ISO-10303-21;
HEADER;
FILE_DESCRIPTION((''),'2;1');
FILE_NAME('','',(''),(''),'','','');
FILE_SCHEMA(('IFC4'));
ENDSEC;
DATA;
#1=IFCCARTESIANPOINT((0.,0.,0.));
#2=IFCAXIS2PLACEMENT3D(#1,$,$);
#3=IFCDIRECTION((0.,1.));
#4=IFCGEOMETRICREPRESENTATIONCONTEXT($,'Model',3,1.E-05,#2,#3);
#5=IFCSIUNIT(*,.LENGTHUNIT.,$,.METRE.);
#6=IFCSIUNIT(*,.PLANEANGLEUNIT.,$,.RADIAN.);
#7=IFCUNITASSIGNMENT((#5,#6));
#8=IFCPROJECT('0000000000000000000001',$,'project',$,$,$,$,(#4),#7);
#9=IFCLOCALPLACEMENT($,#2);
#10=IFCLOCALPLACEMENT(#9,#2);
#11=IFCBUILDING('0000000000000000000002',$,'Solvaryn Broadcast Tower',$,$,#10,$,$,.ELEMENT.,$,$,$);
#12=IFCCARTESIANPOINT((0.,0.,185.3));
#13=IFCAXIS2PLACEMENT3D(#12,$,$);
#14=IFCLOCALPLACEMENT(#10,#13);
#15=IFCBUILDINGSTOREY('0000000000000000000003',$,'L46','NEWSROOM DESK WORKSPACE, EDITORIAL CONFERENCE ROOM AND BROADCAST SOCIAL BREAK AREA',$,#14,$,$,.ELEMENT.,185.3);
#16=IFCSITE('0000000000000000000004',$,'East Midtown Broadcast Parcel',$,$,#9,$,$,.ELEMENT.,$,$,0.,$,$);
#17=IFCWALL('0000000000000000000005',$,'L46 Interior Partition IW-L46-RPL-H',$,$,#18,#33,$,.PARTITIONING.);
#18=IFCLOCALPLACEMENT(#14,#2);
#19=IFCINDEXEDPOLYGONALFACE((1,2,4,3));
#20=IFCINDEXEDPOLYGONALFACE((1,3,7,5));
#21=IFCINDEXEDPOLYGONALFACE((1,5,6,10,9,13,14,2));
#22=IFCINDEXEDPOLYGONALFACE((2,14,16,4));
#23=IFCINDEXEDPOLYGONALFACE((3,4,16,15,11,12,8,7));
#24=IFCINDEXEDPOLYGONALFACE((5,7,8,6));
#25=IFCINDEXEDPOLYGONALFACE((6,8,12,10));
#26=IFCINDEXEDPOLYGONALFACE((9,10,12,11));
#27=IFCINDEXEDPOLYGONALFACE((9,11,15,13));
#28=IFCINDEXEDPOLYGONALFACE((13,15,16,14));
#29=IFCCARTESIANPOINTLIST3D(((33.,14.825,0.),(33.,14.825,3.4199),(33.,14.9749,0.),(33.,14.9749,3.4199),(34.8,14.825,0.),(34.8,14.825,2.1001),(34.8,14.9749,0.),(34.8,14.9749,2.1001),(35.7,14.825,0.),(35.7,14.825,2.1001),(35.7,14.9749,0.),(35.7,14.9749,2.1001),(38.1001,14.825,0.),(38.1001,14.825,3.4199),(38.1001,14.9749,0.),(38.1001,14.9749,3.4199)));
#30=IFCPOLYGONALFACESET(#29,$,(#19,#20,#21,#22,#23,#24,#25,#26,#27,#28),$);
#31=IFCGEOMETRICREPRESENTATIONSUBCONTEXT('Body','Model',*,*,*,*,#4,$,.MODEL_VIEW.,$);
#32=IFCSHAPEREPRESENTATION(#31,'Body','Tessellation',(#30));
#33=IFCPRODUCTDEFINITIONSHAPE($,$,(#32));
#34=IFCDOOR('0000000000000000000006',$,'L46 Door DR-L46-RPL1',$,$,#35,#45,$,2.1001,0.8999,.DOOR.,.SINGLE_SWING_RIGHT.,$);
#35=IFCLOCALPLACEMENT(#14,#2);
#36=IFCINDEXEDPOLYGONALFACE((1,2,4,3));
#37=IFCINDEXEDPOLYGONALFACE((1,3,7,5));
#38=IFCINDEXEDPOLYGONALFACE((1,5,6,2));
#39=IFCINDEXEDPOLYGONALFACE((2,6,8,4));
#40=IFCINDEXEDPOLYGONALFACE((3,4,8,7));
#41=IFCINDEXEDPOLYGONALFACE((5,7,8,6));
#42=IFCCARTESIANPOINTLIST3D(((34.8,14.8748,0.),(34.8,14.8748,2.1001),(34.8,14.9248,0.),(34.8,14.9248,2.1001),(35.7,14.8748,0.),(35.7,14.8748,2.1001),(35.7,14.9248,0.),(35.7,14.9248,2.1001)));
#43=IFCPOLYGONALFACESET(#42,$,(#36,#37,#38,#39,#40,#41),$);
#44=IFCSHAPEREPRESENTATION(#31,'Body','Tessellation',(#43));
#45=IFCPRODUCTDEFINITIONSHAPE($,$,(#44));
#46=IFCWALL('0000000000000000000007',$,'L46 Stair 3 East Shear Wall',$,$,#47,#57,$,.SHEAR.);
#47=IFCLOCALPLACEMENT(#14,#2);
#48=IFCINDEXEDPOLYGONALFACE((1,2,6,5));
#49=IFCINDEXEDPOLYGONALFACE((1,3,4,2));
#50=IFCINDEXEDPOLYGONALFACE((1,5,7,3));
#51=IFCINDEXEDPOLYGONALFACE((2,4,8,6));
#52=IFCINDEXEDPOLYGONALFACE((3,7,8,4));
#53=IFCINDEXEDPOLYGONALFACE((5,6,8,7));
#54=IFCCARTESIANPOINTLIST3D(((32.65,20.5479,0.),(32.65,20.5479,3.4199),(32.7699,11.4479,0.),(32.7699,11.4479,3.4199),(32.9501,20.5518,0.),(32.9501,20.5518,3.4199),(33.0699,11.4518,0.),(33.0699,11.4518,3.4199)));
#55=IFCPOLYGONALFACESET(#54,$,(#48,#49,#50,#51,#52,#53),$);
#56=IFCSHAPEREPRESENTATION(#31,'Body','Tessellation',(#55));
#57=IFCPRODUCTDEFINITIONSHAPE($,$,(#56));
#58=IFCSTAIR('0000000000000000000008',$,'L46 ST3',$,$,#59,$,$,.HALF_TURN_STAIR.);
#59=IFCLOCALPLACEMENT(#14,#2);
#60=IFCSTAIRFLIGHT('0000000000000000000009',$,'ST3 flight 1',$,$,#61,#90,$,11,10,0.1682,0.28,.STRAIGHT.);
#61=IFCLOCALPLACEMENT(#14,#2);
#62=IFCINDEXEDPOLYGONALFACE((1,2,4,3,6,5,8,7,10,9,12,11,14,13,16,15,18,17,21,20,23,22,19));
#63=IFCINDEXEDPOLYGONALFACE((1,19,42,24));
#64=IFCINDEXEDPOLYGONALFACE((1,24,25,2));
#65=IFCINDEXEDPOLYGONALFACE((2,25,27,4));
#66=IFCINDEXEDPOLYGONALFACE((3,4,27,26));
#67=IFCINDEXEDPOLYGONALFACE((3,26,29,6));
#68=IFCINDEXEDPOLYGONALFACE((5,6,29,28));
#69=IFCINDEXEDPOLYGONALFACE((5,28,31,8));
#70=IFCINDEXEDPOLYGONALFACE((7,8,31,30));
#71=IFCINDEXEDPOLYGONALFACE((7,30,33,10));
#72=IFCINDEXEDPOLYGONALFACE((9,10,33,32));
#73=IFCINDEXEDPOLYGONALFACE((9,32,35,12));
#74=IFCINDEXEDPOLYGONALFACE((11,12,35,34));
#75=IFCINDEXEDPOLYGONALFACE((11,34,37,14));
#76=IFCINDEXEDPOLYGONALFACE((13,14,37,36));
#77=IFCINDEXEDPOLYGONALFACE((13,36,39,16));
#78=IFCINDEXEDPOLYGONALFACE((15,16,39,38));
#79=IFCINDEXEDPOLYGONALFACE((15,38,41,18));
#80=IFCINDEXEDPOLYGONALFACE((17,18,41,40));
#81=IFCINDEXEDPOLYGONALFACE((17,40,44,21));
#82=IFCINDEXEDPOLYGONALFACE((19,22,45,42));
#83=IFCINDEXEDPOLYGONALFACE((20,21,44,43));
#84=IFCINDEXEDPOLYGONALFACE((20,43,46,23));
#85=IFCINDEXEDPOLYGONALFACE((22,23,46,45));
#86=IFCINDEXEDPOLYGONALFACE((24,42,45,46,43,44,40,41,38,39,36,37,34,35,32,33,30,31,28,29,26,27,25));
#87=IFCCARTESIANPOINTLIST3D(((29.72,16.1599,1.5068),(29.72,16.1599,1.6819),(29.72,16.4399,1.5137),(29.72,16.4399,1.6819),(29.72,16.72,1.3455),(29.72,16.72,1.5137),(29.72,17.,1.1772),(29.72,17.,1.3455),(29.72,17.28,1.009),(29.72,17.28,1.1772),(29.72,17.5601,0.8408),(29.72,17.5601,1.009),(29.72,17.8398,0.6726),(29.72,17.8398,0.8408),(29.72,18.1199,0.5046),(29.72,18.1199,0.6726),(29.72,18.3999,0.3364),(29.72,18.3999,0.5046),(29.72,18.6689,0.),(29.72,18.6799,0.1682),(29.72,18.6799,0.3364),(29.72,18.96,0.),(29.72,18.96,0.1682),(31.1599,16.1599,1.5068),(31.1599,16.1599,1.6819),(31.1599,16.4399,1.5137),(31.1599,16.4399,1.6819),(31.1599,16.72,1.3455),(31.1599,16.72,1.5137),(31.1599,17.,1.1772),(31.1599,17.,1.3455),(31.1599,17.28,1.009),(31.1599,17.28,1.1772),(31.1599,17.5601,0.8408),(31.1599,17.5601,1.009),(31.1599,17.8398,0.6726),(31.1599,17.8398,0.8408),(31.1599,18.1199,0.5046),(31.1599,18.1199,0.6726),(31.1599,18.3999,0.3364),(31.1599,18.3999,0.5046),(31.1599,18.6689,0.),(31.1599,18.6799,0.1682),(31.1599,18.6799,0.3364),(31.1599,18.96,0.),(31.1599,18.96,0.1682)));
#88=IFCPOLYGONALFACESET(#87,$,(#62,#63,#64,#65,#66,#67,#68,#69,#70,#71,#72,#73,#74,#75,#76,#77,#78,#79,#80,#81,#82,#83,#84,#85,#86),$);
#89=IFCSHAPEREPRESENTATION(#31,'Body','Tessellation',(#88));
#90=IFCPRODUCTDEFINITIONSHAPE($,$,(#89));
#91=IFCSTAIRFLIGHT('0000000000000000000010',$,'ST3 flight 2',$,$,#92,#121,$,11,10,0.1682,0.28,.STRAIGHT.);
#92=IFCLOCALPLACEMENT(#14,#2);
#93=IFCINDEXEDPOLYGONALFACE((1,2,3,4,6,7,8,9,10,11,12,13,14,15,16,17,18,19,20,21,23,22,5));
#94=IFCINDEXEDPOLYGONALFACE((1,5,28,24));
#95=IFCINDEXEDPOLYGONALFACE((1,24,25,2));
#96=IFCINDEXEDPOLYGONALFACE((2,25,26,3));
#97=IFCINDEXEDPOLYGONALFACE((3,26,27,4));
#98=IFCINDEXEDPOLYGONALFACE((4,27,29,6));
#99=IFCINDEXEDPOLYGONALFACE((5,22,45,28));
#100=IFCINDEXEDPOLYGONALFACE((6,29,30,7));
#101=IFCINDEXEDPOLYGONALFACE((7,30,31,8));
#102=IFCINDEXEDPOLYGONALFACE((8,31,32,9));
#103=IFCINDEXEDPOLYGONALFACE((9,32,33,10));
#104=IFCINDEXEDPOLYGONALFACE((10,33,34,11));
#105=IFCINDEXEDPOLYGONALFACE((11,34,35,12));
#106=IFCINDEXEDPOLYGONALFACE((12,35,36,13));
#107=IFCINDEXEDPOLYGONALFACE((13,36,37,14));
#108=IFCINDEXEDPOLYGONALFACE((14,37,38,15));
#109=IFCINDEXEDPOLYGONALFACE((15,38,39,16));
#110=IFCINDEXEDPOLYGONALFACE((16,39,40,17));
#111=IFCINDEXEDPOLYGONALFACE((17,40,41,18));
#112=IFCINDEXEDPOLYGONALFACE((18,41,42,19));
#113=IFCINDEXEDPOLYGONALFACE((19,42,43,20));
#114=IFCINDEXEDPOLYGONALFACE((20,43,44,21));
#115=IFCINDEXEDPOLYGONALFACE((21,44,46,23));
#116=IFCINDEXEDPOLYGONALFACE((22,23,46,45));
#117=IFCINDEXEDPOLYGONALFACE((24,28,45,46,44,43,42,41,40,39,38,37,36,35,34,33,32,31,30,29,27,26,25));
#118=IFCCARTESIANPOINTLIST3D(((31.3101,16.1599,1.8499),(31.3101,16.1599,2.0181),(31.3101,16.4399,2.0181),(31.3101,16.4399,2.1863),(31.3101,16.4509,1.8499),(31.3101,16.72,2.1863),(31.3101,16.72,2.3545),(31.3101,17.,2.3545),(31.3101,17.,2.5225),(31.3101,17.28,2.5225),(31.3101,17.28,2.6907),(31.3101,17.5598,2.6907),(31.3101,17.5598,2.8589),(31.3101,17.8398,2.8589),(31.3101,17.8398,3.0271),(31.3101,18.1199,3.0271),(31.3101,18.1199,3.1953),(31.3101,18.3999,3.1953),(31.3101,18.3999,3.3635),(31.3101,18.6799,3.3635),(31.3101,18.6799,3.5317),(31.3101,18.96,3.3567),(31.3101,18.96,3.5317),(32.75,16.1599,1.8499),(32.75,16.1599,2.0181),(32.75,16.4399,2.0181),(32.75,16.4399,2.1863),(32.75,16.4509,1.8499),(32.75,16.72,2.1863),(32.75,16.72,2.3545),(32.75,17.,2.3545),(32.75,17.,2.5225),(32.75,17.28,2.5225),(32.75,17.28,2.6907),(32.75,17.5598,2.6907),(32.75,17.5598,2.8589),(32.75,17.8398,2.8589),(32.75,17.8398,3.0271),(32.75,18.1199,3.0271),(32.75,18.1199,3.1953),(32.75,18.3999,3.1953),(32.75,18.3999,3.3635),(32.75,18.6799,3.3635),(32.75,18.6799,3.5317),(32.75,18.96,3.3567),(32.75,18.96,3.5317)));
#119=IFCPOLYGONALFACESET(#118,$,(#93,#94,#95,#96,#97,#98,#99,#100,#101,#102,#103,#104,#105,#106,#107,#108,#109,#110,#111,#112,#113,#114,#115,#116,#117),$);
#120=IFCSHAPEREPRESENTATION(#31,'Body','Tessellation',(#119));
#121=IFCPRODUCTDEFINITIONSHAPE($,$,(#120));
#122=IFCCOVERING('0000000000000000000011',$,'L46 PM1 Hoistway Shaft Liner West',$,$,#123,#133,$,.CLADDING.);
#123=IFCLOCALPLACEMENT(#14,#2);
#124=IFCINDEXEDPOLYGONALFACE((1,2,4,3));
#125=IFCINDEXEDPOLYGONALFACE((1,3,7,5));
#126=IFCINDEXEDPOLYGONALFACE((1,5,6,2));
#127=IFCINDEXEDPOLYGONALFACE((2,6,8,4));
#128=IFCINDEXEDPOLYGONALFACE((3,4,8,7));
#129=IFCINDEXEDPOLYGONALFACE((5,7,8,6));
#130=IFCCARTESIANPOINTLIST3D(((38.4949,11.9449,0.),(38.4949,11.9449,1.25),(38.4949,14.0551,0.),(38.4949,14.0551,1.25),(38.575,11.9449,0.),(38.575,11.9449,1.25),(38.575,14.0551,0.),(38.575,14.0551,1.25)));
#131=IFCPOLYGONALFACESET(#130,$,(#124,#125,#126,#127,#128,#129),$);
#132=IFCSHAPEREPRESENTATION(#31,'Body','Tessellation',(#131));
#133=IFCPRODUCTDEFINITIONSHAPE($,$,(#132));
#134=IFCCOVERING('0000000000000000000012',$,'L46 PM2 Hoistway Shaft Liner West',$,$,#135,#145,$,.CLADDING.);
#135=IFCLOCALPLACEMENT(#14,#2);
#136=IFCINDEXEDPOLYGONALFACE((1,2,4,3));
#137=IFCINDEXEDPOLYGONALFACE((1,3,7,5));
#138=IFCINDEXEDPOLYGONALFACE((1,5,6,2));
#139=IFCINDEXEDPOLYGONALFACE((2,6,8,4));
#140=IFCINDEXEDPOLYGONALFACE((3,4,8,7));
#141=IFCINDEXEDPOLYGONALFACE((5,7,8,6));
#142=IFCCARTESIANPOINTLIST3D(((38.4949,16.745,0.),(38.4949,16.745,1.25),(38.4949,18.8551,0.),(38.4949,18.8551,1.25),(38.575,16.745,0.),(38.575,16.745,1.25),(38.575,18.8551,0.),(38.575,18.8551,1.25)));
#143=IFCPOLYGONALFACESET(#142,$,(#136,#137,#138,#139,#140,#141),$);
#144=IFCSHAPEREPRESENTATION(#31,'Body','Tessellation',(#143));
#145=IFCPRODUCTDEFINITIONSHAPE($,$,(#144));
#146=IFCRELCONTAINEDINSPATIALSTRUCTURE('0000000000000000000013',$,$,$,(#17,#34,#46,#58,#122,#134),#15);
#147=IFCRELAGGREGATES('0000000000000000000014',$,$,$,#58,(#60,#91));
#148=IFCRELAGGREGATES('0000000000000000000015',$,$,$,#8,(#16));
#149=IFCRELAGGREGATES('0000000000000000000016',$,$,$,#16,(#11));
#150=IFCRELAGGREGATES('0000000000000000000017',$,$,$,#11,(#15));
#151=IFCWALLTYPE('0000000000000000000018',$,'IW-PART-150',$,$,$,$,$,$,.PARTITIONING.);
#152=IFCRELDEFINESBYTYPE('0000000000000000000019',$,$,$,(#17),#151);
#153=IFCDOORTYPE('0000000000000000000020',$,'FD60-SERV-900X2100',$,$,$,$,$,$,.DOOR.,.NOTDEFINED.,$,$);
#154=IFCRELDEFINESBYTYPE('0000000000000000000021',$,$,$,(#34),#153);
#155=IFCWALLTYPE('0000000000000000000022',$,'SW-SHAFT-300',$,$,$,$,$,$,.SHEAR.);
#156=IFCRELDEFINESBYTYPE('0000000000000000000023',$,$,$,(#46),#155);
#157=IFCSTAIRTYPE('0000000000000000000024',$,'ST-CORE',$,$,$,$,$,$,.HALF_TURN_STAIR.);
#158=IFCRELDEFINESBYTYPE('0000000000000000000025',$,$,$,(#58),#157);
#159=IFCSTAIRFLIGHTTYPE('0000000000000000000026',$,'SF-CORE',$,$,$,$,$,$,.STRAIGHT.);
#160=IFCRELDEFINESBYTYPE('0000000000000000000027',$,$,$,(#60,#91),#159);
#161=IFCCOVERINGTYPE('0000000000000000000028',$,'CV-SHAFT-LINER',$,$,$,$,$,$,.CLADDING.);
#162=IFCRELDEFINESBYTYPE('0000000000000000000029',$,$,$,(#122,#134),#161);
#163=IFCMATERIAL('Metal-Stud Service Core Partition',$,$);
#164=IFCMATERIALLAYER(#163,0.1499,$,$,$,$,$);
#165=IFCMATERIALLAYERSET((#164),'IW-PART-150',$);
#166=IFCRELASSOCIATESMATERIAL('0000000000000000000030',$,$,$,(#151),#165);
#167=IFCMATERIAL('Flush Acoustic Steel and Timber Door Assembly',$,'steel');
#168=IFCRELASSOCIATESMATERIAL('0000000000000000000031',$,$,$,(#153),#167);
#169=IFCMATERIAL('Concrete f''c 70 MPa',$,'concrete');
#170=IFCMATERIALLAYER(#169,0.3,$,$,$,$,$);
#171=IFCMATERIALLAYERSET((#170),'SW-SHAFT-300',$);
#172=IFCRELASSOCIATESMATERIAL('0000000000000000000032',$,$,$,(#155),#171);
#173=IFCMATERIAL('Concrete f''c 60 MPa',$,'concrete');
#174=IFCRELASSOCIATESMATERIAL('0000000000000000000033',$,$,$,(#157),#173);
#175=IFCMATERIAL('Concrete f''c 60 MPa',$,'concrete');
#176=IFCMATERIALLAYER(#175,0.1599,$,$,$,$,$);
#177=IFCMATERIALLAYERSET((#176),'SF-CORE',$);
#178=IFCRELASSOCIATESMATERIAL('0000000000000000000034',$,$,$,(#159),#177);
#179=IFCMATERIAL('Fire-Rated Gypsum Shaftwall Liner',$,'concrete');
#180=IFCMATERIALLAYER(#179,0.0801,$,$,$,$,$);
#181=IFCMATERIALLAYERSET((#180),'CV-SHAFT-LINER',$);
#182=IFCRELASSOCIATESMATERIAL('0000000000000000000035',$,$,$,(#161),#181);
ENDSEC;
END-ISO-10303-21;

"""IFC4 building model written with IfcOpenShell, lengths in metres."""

from ifc_helpers import new_model, si_unit, direction, frame, frame_2d, origin, origin_2d, place, context, subcontext, project, spatial, polyline, rectangle, outline, extrude, material, layer, layer_set, type_object, element, fill, aggregate, save


model = new_model("IFC4")

# Units and contexts
model_context = context("Model", 3, precision=1e-05, world=origin(), true_north=direction((0.0, 1.0)))
body_context = subcontext(model_context, "Body", "Model", "MODEL_VIEW")
ifc_project = project(units=[si_unit("LENGTHUNIT", "METRE"), si_unit("PLANEANGLEUNIT", "RADIAN")], contexts=[model_context])

# Site, building, storey
site_placement = place(None, origin())
site = spatial("IfcSite", under=ifc_project, at=site_placement, Name="East Midtown Broadcast Parcel", CompositionType="ELEMENT", RefElevation=0.0)
building_placement = place(site_placement, origin())
building = spatial("IfcBuilding", under=site, at=building_placement, Name="Solvaryn Broadcast Tower", CompositionType="ELEMENT")
storey_placement = place(building_placement, frame((0.0, 0.0, 185.3)))
storey = spatial("IfcBuildingStorey", under=building, at=storey_placement, Name="L46", Description="NEWSROOM DESK WORKSPACE, EDITORIAL CONFERENCE ROOM AND BROADCAST SOCIAL BREAK AREA", CompositionType="ELEMENT", Elevation=185.3)

# Wall, opening, door
ifc_material_1 = material(Name="Metal-Stud Service Core Partition")
ifc_layer_1 = layer(ifc_material_1, 0.1499)
ifc_layer_set_1 = layer_set([ifc_layer_1], Name="IW-PART-150")
wall_type_1 = type_object("IfcWallType", Name="IW-PART-150", PredefinedType="PARTITIONING", material=ifc_layer_set_1)
wall_1_placement = place(storey_placement, frame((33.0, 14.8999, 0.0), z_axis=(0.0, 0.0, 1.0), x_axis=(1.0, 0.0, 0.0)))
wall_1 = element("IfcWall", 1, at=wall_1_placement, inside=storey, type_object=wall_type_1, Name="L46 Interior Partition IW-L46-RPL-H", PredefinedType="PARTITIONING", context=body_context, shape_type="SweptSolid", body=[
    extrude(rectangle(XDim=5.1001, YDim=0.1499, at=frame_2d((2.55, 0.0))), origin(), (0.0, 0.0, 1.0), 3.4199),
])
opening_1_placement = place(wall_1_placement, frame((1.8, 0.0, 0.0)))
opening_1 = element("IfcOpeningElement", 2, at=opening_1_placement, cuts=wall_1, PredefinedType="OPENING", context=body_context, shape_type="SweptSolid", body=[
    extrude(rectangle(XDim=0.8999, YDim=2.1001, at=frame_2d((0.45, 1.05))), frame((0.0, 0.085, 0.0), z_axis=(0.0, -1.0, 0.0), x_axis=(1.0, 0.0, 0.0)), (0.0, 0.0, 1.0), 0.1699),
])
ifc_material_2 = material(Name="Flush Acoustic Steel and Timber Door Assembly", Category="steel")
door_type_1 = type_object("IfcDoorType", Name="FD60-SERV-900X2100", OperationType="NOTDEFINED", PredefinedType="DOOR", material=ifc_material_2)
door_1_placement = place(opening_1_placement, origin())
door_1 = element("IfcDoor", 3, at=door_1_placement, inside=storey, type_object=door_type_1, Name="L46 Door DR-L46-RPL1", OperationType="SINGLE_SWING_RIGHT", OverallHeight=2.1001, OverallWidth=0.8999, PredefinedType="DOOR", context=body_context, shape_type="SweptSolid", body=[
    extrude(rectangle(XDim=0.8999, YDim=2.1001, at=frame_2d((0.45, 1.05))), frame((0.0, 0.0249, 0.0), z_axis=(0.0, -1.0, 0.0), x_axis=(1.0, 0.0, 0.0)), (0.0, 0.0, 1.0), 0.05),
])
fill(opening_1, door_1)

# Wall
ifc_material_3 = material(Name="Concrete f'c 70 MPa", Category="concrete")
ifc_layer_2 = layer(ifc_material_3, 0.3)
ifc_layer_set_2 = layer_set([ifc_layer_2], Name="SW-SHAFT-300")
wall_type_2 = type_object("IfcWallType", Name="SW-SHAFT-300", PredefinedType="SHEAR", material=ifc_layer_set_2)
wall_2_placement = place(storey_placement, frame((32.9199, 11.45, 0.0), z_axis=(0.0, 0.0, 1.0), x_axis=(-0.013172, 0.999913, 0.0)))
element("IfcWall", 4, at=wall_2_placement, inside=storey, type_object=wall_type_2, Name="L46 Stair 3 East Shear Wall", PredefinedType="SHEAR", context=body_context, shape_type="SweptSolid", body=[
    extrude(rectangle(XDim=9.1008, YDim=0.3, at=frame_2d((4.5503, 0.0))), origin(), (0.0, 0.0, 1.0), 3.4199),
])

# Stair, stair flights
ifc_material_4 = material(Name="Concrete f'c 60 MPa", Category="concrete")
stair_type = type_object("IfcStairType", Name="ST-CORE", PredefinedType="HALF_TURN_STAIR", material=ifc_material_4)
stair_placement = place(storey_placement, origin())
stair = element("IfcStair", 5, at=stair_placement, inside=storey, type_object=stair_type, Name="L46 ST3", PredefinedType="HALF_TURN_STAIR")
ifc_material_5 = material(Name="Concrete f'c 60 MPa", Category="concrete")
ifc_layer_3 = layer(ifc_material_5, 0.1599)
ifc_layer_set_3 = layer_set([ifc_layer_3], Name="SF-CORE")
stair_flight_type = type_object("IfcStairFlightType", Name="SF-CORE", PredefinedType="STRAIGHT", material=ifc_layer_set_3)
stair_flight_1_placement = place(storey_placement, frame((30.4399, 18.96, 0.0), z_axis=(0.0, 0.0, 1.0), x_axis=(0.0, -1.0, 0.0)))
stair_flight_1 = element("IfcStairFlight", 6, at=stair_flight_1_placement, type_object=stair_flight_type, Name="ST3 flight 1", NumberOfRisers=11, NumberOfTreads=10, PredefinedType="STRAIGHT", RiserHeight=0.1682, TreadLength=0.28, context=body_context, shape_type="SweptSolid", body=[
    extrude(outline(polyline([(0.0, 0.0), (0.0, 0.1682), (0.28, 0.1682), (0.28, 0.3364), (0.5601, 0.3364), (0.5601, 0.5046), (0.8401, 0.5046), (0.8401, 0.6726), (1.1201, 0.6726), (1.1201, 0.8408), (1.3999, 0.8408), (1.3999, 1.009), (1.6799, 1.009), (1.6799, 1.1772), (1.96, 1.1772), (1.96, 1.3455), (2.24, 1.3455), (2.24, 1.5137), (2.52, 1.5137), (2.52, 1.6819), (2.8, 1.6819), (2.8, 1.8501), (2.8, 1.5068), (0.291, 0.0), (0.0, 0.0)])), frame((0.0, 0.72, 0.0), z_axis=(0.0, -1.0, 0.0), x_axis=(1.0, 0.0, 0.0)), (0.0, 0.0, 1.0), 1.4399),
])
stair_flight_2_placement = place(storey_placement, frame((32.03, 16.1599, 1.8499), z_axis=(0.0, 0.0, 1.0), x_axis=(0.0, 1.0, 0.0)))
stair_flight_2 = element("IfcStairFlight", 7, at=stair_flight_2_placement, type_object=stair_flight_type, Name="ST3 flight 2", NumberOfRisers=11, NumberOfTreads=10, PredefinedType="STRAIGHT", RiserHeight=0.1682, TreadLength=0.28, context=body_context, shape_type="SweptSolid", body=[
    extrude(outline(polyline([(0.0, 0.0), (0.0, 0.1682), (0.28, 0.1682), (0.28, 0.3364), (0.5601, 0.3364), (0.5601, 0.5046), (0.8401, 0.5046), (0.8401, 0.6726), (1.1201, 0.6726), (1.1201, 0.8408), (1.3999, 0.8408), (1.3999, 1.009), (1.6799, 1.009), (1.6799, 1.1772), (1.96, 1.1772), (1.96, 1.3455), (2.24, 1.3455), (2.24, 1.5137), (2.52, 1.5137), (2.52, 1.6819), (2.8, 1.6819), (2.8, 1.8501), (2.8, 1.5068), (0.291, 0.0), (0.0, 0.0)])), frame((0.0, 0.72, 0.0), z_axis=(0.0, -1.0, 0.0), x_axis=(1.0, 0.0, 0.0)), (0.0, 0.0, 1.0), 1.4399),
])
aggregate(stair, [stair_flight_1, stair_flight_2])

# Coverings
ifc_material_6 = material(Name="Fire-Rated Gypsum Shaftwall Liner", Category="concrete")
ifc_layer_4 = layer(ifc_material_6, 0.0801)
ifc_layer_set_4 = layer_set([ifc_layer_4], Name="CV-SHAFT-LINER")
covering_type = type_object("IfcCoveringType", Name="CV-SHAFT-LINER", PredefinedType="CLADDING", material=ifc_layer_set_4)
for number, where, z_axis, x_axis, name in (
    (8, (38.5349, 13.0, 0.0), (0.0, 0.0, 1.0), (1.0, 0.0, 0.0), "L46 PM1 Hoistway Shaft Liner West"),
    (9, (38.5349, 17.8, 0.0), (0.0, 0.0, 1.0), (1.0, 0.0, 0.0), "L46 PM2 Hoistway Shaft Liner West"),
):
    element("IfcCovering", number, at=place(storey_placement, frame(where, z_axis=z_axis, x_axis=x_axis)), inside=storey, type_object=covering_type, Name=name, PredefinedType="CLADDING", context=body_context, shape_type="SweptSolid", body=[
        extrude(rectangle(XDim=0.0801, YDim=2.1101, at=origin_2d()), origin(), (0.0, 0.0, 1.0), 1.25),
    ])

save(model, "model.ifc")
